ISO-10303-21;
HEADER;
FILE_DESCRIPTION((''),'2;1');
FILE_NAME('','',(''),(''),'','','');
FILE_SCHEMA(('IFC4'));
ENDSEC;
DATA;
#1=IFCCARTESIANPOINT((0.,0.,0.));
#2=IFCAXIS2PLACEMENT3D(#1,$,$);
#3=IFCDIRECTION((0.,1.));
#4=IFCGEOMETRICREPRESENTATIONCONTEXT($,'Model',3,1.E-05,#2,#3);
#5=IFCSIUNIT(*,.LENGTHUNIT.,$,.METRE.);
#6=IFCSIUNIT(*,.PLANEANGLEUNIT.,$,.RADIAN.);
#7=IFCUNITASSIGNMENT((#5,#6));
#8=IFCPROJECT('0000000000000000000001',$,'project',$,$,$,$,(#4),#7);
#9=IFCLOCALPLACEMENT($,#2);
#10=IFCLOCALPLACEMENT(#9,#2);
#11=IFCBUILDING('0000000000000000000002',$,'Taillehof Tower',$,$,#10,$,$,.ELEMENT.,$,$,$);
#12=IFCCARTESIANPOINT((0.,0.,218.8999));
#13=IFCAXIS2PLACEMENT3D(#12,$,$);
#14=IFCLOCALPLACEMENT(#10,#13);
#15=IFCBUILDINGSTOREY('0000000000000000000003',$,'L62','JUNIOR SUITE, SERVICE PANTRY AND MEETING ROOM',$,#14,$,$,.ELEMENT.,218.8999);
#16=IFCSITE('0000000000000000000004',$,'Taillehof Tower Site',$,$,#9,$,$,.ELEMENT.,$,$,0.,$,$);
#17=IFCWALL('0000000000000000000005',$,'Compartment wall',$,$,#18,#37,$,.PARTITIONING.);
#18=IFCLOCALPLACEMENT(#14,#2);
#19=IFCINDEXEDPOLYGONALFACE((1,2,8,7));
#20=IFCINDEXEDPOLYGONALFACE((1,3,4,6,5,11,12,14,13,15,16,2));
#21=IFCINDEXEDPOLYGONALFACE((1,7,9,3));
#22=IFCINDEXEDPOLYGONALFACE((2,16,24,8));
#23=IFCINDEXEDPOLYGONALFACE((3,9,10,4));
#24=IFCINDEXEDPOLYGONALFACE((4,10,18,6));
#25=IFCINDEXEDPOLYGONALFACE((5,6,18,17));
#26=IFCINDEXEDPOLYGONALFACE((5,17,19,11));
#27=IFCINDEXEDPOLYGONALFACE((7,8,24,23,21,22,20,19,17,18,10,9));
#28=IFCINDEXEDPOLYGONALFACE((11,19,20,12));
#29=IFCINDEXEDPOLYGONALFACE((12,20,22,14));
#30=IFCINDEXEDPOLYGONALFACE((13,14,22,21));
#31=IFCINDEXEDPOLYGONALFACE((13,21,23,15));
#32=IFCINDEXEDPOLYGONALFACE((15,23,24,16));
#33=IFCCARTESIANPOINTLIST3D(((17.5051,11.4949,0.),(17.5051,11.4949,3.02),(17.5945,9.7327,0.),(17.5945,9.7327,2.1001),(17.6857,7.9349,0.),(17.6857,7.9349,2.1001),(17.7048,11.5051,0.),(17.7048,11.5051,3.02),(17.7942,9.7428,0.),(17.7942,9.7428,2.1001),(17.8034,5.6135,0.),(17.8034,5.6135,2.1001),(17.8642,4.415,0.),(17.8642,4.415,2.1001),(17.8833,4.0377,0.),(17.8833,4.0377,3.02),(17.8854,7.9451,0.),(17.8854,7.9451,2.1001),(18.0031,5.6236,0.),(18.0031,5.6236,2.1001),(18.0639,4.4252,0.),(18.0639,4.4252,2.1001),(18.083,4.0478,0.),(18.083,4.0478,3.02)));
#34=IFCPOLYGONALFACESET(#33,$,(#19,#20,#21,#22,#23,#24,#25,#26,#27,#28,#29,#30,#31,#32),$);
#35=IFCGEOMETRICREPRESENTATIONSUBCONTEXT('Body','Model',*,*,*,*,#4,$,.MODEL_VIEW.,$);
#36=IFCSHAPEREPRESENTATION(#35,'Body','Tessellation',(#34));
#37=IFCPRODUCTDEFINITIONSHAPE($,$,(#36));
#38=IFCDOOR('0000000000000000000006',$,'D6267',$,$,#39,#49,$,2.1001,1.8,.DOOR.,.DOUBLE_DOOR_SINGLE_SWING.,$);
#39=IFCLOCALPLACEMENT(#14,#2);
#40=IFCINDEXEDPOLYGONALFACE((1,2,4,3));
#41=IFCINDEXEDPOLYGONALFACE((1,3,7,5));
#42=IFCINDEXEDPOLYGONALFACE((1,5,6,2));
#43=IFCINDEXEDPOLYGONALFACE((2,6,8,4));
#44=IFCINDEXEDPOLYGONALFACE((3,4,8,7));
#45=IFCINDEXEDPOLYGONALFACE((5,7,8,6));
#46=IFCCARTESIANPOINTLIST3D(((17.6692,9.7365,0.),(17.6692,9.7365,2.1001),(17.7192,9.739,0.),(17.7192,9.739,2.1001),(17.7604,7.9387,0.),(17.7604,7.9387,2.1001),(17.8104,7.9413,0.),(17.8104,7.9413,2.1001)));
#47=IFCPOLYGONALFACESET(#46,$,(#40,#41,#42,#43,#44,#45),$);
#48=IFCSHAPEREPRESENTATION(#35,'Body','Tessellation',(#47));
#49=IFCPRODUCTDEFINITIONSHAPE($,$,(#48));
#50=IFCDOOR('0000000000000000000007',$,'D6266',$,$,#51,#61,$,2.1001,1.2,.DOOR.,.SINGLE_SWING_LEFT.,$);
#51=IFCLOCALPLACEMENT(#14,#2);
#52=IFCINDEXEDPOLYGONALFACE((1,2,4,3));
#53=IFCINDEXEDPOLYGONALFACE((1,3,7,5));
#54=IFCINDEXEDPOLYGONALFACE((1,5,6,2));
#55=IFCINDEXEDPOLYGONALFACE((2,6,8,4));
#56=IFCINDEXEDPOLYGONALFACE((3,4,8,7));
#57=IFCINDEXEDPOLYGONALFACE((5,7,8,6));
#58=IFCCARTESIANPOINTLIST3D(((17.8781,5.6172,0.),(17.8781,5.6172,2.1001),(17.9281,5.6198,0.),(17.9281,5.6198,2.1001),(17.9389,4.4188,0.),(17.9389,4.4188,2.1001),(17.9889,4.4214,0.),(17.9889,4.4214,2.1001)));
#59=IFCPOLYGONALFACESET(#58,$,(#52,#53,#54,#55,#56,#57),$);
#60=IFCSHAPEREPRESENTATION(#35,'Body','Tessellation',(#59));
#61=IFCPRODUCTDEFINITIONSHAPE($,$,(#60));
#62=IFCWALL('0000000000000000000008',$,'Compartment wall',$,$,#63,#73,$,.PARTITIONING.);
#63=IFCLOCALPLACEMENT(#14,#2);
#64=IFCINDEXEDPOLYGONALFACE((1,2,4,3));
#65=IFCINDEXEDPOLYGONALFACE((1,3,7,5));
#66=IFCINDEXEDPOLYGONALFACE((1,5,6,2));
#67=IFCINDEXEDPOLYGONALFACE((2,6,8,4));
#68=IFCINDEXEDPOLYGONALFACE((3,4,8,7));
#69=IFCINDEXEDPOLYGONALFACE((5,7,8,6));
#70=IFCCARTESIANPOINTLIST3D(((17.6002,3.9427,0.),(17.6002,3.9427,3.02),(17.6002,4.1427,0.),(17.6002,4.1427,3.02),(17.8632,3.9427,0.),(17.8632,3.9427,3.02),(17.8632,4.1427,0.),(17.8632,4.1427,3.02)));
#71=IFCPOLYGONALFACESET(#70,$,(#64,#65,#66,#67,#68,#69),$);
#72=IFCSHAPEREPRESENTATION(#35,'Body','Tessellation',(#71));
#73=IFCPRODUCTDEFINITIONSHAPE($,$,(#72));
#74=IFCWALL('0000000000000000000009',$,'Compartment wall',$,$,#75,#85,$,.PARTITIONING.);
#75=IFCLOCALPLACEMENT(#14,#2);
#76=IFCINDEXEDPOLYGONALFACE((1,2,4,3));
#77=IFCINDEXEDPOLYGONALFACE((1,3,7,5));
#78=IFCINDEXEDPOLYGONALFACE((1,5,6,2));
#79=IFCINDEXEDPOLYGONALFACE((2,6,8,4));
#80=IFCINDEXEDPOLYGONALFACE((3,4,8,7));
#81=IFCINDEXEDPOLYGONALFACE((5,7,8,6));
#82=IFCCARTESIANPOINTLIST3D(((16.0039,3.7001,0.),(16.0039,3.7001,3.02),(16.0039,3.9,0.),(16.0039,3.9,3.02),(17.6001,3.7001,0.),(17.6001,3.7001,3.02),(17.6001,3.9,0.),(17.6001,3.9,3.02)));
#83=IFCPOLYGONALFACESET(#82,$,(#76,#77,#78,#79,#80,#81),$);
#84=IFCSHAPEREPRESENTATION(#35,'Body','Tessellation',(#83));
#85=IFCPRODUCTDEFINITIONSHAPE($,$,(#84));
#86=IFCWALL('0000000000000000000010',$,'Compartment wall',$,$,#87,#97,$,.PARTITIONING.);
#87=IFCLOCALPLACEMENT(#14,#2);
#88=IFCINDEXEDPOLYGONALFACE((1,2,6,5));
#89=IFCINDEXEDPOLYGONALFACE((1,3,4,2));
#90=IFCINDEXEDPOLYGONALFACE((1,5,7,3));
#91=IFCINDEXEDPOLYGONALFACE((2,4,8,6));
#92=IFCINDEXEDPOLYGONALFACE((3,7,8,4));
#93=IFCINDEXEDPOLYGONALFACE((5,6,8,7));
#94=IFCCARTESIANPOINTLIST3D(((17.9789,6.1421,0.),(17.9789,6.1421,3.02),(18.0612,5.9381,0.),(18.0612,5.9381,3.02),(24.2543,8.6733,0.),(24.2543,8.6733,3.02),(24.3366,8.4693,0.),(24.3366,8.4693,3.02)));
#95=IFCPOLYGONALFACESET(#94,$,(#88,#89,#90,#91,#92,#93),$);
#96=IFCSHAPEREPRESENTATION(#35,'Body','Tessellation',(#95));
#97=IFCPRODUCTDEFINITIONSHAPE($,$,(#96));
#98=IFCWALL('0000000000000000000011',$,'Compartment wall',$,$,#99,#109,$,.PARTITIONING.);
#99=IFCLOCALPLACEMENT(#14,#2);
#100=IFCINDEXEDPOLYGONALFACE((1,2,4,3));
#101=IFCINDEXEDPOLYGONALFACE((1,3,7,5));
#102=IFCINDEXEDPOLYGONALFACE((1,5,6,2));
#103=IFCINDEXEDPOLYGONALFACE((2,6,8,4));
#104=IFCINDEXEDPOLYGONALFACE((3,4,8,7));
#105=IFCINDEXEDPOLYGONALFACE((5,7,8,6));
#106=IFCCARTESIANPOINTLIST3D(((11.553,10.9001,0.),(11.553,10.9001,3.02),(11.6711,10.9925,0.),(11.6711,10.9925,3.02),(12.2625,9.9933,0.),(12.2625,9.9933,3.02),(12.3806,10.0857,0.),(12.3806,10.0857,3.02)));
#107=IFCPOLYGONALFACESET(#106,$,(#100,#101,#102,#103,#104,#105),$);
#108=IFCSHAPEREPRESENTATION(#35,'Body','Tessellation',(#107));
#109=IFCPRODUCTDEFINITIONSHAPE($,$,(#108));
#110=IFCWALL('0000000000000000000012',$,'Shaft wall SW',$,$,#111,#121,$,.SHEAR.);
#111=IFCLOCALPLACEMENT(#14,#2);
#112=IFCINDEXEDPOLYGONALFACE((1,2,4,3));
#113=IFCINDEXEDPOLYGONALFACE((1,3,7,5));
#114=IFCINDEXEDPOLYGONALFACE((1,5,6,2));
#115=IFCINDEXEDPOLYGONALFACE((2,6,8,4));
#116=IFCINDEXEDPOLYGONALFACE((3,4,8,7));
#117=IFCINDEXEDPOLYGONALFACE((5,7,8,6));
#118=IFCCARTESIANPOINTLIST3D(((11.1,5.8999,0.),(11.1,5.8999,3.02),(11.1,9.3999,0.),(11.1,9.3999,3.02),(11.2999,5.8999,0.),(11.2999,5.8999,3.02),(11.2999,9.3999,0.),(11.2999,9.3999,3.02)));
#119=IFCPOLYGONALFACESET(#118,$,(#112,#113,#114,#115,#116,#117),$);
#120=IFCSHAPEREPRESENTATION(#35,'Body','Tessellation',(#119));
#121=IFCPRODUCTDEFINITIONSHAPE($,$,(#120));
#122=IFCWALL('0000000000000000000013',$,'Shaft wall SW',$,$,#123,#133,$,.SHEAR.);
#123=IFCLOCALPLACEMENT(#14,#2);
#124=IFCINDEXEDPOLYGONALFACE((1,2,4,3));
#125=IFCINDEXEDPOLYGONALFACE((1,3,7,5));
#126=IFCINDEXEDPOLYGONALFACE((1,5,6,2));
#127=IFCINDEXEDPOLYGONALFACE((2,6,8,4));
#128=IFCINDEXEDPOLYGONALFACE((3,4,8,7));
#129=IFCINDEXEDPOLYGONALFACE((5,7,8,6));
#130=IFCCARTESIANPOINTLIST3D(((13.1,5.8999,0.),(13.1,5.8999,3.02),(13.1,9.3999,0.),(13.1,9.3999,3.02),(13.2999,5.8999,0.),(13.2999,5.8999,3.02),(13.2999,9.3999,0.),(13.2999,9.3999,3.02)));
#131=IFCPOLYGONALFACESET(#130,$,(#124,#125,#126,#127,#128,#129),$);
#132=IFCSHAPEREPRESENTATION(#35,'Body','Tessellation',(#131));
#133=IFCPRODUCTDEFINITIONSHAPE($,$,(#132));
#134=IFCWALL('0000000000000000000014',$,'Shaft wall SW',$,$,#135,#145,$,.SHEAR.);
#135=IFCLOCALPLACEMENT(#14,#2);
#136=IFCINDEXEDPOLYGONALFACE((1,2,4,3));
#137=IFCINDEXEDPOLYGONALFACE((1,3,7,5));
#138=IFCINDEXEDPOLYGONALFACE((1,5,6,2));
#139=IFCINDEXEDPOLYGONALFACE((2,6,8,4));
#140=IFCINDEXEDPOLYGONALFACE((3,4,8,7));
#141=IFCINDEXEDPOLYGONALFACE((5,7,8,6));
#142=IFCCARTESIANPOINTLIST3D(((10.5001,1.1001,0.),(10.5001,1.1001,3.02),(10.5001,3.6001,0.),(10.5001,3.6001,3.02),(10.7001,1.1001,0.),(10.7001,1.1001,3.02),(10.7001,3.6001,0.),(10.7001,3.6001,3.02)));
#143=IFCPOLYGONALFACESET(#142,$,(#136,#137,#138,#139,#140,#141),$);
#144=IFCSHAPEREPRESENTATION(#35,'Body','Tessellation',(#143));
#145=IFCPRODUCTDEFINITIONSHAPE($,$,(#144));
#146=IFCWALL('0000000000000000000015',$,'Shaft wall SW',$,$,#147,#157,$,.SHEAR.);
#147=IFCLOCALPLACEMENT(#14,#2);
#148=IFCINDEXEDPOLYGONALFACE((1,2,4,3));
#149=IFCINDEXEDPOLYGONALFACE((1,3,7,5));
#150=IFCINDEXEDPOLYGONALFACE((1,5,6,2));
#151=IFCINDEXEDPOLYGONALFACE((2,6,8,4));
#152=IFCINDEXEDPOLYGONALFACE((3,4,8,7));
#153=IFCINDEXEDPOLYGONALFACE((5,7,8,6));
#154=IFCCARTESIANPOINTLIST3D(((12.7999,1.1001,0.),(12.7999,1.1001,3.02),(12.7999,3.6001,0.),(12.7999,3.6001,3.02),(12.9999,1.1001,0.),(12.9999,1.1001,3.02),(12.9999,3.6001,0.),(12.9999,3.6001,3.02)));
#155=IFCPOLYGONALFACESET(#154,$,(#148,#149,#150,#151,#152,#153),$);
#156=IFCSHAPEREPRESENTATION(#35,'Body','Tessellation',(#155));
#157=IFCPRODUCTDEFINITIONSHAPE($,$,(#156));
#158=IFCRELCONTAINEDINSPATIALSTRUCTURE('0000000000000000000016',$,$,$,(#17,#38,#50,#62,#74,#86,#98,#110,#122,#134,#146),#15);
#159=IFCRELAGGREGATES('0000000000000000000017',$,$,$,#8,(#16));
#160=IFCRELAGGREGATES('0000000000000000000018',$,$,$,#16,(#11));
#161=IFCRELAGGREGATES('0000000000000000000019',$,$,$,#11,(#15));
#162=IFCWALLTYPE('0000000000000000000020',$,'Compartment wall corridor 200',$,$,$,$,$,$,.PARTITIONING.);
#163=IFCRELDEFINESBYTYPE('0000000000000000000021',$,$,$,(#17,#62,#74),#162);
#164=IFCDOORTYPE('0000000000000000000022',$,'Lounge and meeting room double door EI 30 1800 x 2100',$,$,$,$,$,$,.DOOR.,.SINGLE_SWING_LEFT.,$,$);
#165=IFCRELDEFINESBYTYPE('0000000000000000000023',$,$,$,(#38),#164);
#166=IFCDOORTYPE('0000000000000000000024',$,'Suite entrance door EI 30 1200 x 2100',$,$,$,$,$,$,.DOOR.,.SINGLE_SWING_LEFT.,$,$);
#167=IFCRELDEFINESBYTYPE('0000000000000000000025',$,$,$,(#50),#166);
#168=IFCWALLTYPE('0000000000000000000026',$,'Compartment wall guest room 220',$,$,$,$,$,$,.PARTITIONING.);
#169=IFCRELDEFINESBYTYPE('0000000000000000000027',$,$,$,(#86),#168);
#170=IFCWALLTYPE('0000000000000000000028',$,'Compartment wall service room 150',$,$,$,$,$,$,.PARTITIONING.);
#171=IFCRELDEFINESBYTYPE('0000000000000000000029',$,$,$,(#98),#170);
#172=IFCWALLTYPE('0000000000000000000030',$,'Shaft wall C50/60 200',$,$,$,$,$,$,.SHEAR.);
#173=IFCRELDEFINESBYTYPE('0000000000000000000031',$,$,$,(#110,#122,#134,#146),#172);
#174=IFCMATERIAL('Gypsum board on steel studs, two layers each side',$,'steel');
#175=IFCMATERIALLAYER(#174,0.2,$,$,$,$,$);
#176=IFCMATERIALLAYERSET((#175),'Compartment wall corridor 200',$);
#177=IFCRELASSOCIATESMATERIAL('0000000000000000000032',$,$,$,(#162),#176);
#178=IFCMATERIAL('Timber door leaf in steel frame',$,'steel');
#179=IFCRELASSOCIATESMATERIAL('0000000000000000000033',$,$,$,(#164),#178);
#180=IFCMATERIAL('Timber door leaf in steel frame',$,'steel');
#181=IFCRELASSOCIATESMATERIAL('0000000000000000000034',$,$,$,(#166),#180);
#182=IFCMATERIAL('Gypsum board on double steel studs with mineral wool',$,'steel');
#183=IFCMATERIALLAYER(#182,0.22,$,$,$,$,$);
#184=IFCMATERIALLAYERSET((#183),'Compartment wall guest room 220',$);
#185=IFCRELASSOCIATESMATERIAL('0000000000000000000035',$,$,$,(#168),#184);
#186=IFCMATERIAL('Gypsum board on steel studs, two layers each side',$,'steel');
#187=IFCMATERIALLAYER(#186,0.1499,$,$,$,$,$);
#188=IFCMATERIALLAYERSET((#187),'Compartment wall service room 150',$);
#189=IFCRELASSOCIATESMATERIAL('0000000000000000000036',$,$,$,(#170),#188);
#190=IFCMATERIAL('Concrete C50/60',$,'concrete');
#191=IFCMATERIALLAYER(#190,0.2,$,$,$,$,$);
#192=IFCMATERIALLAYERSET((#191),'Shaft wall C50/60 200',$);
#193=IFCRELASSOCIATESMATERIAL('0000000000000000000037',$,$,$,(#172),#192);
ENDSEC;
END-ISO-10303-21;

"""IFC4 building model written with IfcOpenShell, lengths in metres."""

from ifc_helpers import new_model, si_unit, direction, frame, frame_2d, origin, place, context, subcontext, project, spatial, rectangle, extrude, material, layer, layer_set, type_object, element, fill, save


model = new_model("IFC4")

# Units and contexts
model_context = context("Model", 3, precision=1e-05, world=origin(), true_north=direction((0.0, 1.0)))
body_context = subcontext(model_context, "Body", "Model", "MODEL_VIEW")
ifc_project = project(units=[si_unit("LENGTHUNIT", "METRE"), si_unit("PLANEANGLEUNIT", "RADIAN")], contexts=[model_context])

# Site, building, storey
site_placement = place(None, origin())
site = spatial("IfcSite", under=ifc_project, at=site_placement, Name="Taillehof Tower Site", CompositionType="ELEMENT", RefElevation=0.0)
building_placement = place(site_placement, origin())
building = spatial("IfcBuilding", under=site, at=building_placement, Name="Taillehof Tower", CompositionType="ELEMENT")
storey_placement = place(building_placement, frame((0.0, 0.0, 218.8999)))
storey = spatial("IfcBuildingStorey", under=building, at=storey_placement, Name="L62", Description="JUNIOR SUITE, SERVICE PANTRY AND MEETING ROOM", CompositionType="ELEMENT", Elevation=218.8999)

# Wall, openings, doors
ifc_material_1 = material(Name="Gypsum board on steel studs, two layers each side", Category="steel")
ifc_layer_1 = layer(ifc_material_1, 0.2)
ifc_layer_set_1 = layer_set([ifc_layer_1], Name="Compartment wall corridor 200")
wall_type_1 = type_object("IfcWallType", Name="Compartment wall corridor 200", PredefinedType="PARTITIONING", material=ifc_layer_set_1)
wall_1_placement = place(storey_placement, frame((17.605, 11.5, 0.0), z_axis=(0.0, 0.0, 1.0), x_axis=(0.050647, -0.998717, 0.0)))
wall_1 = element("IfcWall", 1, at=wall_1_placement, inside=storey, type_object=wall_type_1, Name="Compartment wall", PredefinedType="PARTITIONING", context=body_context, shape_type="SweptSolid", body=[
    extrude(rectangle(XDim=7.4668, YDim=0.2, at=frame_2d((3.7334, 0.0))), origin(), (0.0, 0.0, 1.0), 3.02),
])
opening_1_placement = place(wall_1_placement, frame((5.8889, 0.0, 0.0)))
opening_1 = element("IfcOpeningElement", 2, at=opening_1_placement, cuts=wall_1, PredefinedType="OPENING", context=body_context, shape_type="SweptSolid", body=[
    extrude(rectangle(XDim=1.2, YDim=2.1001, at=frame_2d((0.6001, 1.05))), frame((0.0, 0.1099, 0.0), z_axis=(0.0, -1.0, 0.0), x_axis=(1.0, 0.0, 0.0)), (0.0, 0.0, 1.0), 0.22),
])
opening_2_placement = place(wall_1_placement, frame((1.7646, 0.0, 0.0)))
opening_2 = element("IfcOpeningElement", 3, at=opening_2_placement, cuts=wall_1, PredefinedType="OPENING", context=body_context, shape_type="SweptSolid", body=[
    extrude(rectangle(XDim=1.8, YDim=2.1001, at=frame_2d((0.8999, 1.05))), frame((0.0, 0.1099, 0.0), z_axis=(0.0, -1.0, 0.0), x_axis=(1.0, 0.0, 0.0)), (0.0, 0.0, 1.0), 0.22),
])
ifc_material_2 = material(Name="Timber door leaf in steel frame", Category="steel")
door_type_1 = type_object("IfcDoorType", Name="Lounge and meeting room double door EI 30 1800 x 2100", OperationType="SINGLE_SWING_LEFT", PredefinedType="DOOR", material=ifc_material_2)
door_1_placement = place(opening_2_placement, origin())
door_1 = element("IfcDoor", 4, at=door_1_placement, inside=storey, type_object=door_type_1, Name="D6267", OperationType="DOUBLE_DOOR_SINGLE_SWING", OverallHeight=2.1001, OverallWidth=1.8, PredefinedType="DOOR", context=body_context, shape_type="SweptSolid", body=[
    extrude(rectangle(XDim=1.8, YDim=2.1001, at=frame_2d((0.8999, 1.05))), frame((0.0, 0.0249, 0.0), z_axis=(0.0, -1.0, 0.0), x_axis=(1.0, 0.0, 0.0)), (0.0, 0.0, 1.0), 0.05),
])
fill(opening_2, door_1)
ifc_material_3 = material(Name="Timber door leaf in steel frame", Category="steel")
door_type_2 = type_object("IfcDoorType", Name="Suite entrance door EI 30 1200 x 2100", OperationType="SINGLE_SWING_LEFT", PredefinedType="DOOR", material=ifc_material_3)
door_2_placement = place(opening_1_placement, origin())
door_2 = element("IfcDoor", 5, at=door_2_placement, inside=storey, type_object=door_type_2, Name="D6266", OperationType="SINGLE_SWING_LEFT", OverallHeight=2.1001, OverallWidth=1.2, PredefinedType="DOOR", context=body_context, shape_type="SweptSolid", body=[
    extrude(rectangle(XDim=1.2, YDim=2.1001, at=frame_2d((0.6001, 1.05))), frame((0.0, 0.0249, 0.0), z_axis=(0.0, -1.0, 0.0), x_axis=(1.0, 0.0, 0.0)), (0.0, 0.0, 1.0), 0.05),
])
fill(opening_1, door_2)

# Walls
wall_2_placement = place(storey_placement, frame((17.863, 4.0427, 0.0), z_axis=(0.0, 0.0, 1.0), x_axis=(-1.0, 0.0, 0.0)))
element("IfcWall", 6, at=wall_2_placement, inside=storey, type_object=wall_type_1, Name="Compartment wall", PredefinedType="PARTITIONING", context=body_context, shape_type="SweptSolid", body=[
    extrude(rectangle(XDim=0.2629, YDim=0.2, at=frame_2d((0.1313, 0.0))), origin(), (0.0, 0.0, 1.0), 3.02),
])
wall_3_placement = place(storey_placement, frame((17.6001, 3.8, 0.0), z_axis=(0.0, 0.0, 1.0), x_axis=(-1.0, 0.0, 0.0)))
element("IfcWall", 7, at=wall_3_placement, inside=storey, type_object=wall_type_1, Name="Compartment wall", PredefinedType="PARTITIONING", context=body_context, shape_type="SweptSolid", body=[
    extrude(rectangle(XDim=1.5962, YDim=0.2, at=frame_2d((0.7981, 0.0))), origin(), (0.0, 0.0, 1.0), 3.02),
])
ifc_material_4 = material(Name="Gypsum board on double steel studs with mineral wool", Category="steel")
ifc_layer_2 = layer(ifc_material_4, 0.22)
ifc_layer_set_2 = layer_set([ifc_layer_2], Name="Compartment wall guest room 220")
wall_type_2 = type_object("IfcWallType", Name="Compartment wall guest room 220", PredefinedType="PARTITIONING", material=ifc_layer_set_2)
wall_4_placement = place(storey_placement, frame((24.2954, 8.5713, 0.0), z_axis=(0.0, 0.0, 1.0), x_axis=(-0.927398, -0.374076, 0.0)))
element("IfcWall", 8, at=wall_4_placement, inside=storey, type_object=wall_type_2, Name="Compartment wall", PredefinedType="PARTITIONING", context=body_context, shape_type="SweptSolid", body=[
    extrude(rectangle(XDim=6.7666, YDim=0.22, at=frame_2d((3.3833, 0.0))), origin(), (0.0, 0.0, 1.0), 3.02),
])
ifc_material_5 = material(Name="Gypsum board on steel studs, two layers each side", Category="steel")
ifc_layer_3 = layer(ifc_material_5, 0.1499)
ifc_layer_set_3 = layer_set([ifc_layer_3], Name="Compartment wall service room 150")
wall_type_3 = type_object("IfcWallType", Name="Compartment wall service room 150", PredefinedType="PARTITIONING", material=ifc_layer_set_3)
wall_5_placement = place(storey_placement, frame((11.6121, 10.9463, 0.0), z_axis=(0.0, 0.0, 1.0), x_axis=(0.616228, -0.787568, 0.0)))
element("IfcWall", 9, at=wall_5_placement, inside=storey, type_object=wall_type_3, Name="Compartment wall", PredefinedType="PARTITIONING", context=body_context, shape_type="SweptSolid", body=[
    extrude(rectangle(XDim=1.1514, YDim=0.1499, at=frame_2d((0.5757, 0.0))), origin(), (0.0, 0.0, 1.0), 3.02),
])
ifc_material_6 = material(Name="Concrete C50/60", Category="concrete")
ifc_layer_4 = layer(ifc_material_6, 0.2)
ifc_layer_set_4 = layer_set([ifc_layer_4], Name="Shaft wall C50/60 200")
wall_type_4 = type_object("IfcWallType", Name="Shaft wall C50/60 200", PredefinedType="SHEAR", material=ifc_layer_set_4)
for number, where, z_axis, x_axis, name in (
    (10, (11.2, 5.8999, 0.0), (0.0, 0.0, 1.0), (0.0, 1.0, 0.0), "Shaft wall SW"),
    (11, (13.2, 5.8999, 0.0), (0.0, 0.0, 1.0), (0.0, 1.0, 0.0), "Shaft wall SW"),
):
    element("IfcWall", number, at=place(storey_placement, frame(where, z_axis=z_axis, x_axis=x_axis)), inside=storey, type_object=wall_type_4, Name=name, PredefinedType="SHEAR", context=body_context, shape_type="SweptSolid", body=[
        extrude(rectangle(XDim=3.5, YDim=0.2, at=frame_2d((1.75, 0.0))), origin(), (0.0, 0.0, 1.0), 3.02),
    ])
for number, where, z_axis, x_axis, name in (
    (12, (10.6001, 1.1001, 0.0), (0.0, 0.0, 1.0), (0.0, 1.0, 0.0), "Shaft wall SW"),
    (13, (12.8999, 1.1001, 0.0), (0.0, 0.0, 1.0), (0.0, 1.0, 0.0), "Shaft wall SW"),
):
    element("IfcWall", number, at=place(storey_placement, frame(where, z_axis=z_axis, x_axis=x_axis)), inside=storey, type_object=wall_type_4, Name=name, PredefinedType="SHEAR", context=body_context, shape_type="SweptSolid", body=[
        extrude(rectangle(XDim=2.5, YDim=0.2, at=frame_2d((1.25, 0.0))), origin(), (0.0, 0.0, 1.0), 3.02),
    ])

save(model, "model.ifc")
